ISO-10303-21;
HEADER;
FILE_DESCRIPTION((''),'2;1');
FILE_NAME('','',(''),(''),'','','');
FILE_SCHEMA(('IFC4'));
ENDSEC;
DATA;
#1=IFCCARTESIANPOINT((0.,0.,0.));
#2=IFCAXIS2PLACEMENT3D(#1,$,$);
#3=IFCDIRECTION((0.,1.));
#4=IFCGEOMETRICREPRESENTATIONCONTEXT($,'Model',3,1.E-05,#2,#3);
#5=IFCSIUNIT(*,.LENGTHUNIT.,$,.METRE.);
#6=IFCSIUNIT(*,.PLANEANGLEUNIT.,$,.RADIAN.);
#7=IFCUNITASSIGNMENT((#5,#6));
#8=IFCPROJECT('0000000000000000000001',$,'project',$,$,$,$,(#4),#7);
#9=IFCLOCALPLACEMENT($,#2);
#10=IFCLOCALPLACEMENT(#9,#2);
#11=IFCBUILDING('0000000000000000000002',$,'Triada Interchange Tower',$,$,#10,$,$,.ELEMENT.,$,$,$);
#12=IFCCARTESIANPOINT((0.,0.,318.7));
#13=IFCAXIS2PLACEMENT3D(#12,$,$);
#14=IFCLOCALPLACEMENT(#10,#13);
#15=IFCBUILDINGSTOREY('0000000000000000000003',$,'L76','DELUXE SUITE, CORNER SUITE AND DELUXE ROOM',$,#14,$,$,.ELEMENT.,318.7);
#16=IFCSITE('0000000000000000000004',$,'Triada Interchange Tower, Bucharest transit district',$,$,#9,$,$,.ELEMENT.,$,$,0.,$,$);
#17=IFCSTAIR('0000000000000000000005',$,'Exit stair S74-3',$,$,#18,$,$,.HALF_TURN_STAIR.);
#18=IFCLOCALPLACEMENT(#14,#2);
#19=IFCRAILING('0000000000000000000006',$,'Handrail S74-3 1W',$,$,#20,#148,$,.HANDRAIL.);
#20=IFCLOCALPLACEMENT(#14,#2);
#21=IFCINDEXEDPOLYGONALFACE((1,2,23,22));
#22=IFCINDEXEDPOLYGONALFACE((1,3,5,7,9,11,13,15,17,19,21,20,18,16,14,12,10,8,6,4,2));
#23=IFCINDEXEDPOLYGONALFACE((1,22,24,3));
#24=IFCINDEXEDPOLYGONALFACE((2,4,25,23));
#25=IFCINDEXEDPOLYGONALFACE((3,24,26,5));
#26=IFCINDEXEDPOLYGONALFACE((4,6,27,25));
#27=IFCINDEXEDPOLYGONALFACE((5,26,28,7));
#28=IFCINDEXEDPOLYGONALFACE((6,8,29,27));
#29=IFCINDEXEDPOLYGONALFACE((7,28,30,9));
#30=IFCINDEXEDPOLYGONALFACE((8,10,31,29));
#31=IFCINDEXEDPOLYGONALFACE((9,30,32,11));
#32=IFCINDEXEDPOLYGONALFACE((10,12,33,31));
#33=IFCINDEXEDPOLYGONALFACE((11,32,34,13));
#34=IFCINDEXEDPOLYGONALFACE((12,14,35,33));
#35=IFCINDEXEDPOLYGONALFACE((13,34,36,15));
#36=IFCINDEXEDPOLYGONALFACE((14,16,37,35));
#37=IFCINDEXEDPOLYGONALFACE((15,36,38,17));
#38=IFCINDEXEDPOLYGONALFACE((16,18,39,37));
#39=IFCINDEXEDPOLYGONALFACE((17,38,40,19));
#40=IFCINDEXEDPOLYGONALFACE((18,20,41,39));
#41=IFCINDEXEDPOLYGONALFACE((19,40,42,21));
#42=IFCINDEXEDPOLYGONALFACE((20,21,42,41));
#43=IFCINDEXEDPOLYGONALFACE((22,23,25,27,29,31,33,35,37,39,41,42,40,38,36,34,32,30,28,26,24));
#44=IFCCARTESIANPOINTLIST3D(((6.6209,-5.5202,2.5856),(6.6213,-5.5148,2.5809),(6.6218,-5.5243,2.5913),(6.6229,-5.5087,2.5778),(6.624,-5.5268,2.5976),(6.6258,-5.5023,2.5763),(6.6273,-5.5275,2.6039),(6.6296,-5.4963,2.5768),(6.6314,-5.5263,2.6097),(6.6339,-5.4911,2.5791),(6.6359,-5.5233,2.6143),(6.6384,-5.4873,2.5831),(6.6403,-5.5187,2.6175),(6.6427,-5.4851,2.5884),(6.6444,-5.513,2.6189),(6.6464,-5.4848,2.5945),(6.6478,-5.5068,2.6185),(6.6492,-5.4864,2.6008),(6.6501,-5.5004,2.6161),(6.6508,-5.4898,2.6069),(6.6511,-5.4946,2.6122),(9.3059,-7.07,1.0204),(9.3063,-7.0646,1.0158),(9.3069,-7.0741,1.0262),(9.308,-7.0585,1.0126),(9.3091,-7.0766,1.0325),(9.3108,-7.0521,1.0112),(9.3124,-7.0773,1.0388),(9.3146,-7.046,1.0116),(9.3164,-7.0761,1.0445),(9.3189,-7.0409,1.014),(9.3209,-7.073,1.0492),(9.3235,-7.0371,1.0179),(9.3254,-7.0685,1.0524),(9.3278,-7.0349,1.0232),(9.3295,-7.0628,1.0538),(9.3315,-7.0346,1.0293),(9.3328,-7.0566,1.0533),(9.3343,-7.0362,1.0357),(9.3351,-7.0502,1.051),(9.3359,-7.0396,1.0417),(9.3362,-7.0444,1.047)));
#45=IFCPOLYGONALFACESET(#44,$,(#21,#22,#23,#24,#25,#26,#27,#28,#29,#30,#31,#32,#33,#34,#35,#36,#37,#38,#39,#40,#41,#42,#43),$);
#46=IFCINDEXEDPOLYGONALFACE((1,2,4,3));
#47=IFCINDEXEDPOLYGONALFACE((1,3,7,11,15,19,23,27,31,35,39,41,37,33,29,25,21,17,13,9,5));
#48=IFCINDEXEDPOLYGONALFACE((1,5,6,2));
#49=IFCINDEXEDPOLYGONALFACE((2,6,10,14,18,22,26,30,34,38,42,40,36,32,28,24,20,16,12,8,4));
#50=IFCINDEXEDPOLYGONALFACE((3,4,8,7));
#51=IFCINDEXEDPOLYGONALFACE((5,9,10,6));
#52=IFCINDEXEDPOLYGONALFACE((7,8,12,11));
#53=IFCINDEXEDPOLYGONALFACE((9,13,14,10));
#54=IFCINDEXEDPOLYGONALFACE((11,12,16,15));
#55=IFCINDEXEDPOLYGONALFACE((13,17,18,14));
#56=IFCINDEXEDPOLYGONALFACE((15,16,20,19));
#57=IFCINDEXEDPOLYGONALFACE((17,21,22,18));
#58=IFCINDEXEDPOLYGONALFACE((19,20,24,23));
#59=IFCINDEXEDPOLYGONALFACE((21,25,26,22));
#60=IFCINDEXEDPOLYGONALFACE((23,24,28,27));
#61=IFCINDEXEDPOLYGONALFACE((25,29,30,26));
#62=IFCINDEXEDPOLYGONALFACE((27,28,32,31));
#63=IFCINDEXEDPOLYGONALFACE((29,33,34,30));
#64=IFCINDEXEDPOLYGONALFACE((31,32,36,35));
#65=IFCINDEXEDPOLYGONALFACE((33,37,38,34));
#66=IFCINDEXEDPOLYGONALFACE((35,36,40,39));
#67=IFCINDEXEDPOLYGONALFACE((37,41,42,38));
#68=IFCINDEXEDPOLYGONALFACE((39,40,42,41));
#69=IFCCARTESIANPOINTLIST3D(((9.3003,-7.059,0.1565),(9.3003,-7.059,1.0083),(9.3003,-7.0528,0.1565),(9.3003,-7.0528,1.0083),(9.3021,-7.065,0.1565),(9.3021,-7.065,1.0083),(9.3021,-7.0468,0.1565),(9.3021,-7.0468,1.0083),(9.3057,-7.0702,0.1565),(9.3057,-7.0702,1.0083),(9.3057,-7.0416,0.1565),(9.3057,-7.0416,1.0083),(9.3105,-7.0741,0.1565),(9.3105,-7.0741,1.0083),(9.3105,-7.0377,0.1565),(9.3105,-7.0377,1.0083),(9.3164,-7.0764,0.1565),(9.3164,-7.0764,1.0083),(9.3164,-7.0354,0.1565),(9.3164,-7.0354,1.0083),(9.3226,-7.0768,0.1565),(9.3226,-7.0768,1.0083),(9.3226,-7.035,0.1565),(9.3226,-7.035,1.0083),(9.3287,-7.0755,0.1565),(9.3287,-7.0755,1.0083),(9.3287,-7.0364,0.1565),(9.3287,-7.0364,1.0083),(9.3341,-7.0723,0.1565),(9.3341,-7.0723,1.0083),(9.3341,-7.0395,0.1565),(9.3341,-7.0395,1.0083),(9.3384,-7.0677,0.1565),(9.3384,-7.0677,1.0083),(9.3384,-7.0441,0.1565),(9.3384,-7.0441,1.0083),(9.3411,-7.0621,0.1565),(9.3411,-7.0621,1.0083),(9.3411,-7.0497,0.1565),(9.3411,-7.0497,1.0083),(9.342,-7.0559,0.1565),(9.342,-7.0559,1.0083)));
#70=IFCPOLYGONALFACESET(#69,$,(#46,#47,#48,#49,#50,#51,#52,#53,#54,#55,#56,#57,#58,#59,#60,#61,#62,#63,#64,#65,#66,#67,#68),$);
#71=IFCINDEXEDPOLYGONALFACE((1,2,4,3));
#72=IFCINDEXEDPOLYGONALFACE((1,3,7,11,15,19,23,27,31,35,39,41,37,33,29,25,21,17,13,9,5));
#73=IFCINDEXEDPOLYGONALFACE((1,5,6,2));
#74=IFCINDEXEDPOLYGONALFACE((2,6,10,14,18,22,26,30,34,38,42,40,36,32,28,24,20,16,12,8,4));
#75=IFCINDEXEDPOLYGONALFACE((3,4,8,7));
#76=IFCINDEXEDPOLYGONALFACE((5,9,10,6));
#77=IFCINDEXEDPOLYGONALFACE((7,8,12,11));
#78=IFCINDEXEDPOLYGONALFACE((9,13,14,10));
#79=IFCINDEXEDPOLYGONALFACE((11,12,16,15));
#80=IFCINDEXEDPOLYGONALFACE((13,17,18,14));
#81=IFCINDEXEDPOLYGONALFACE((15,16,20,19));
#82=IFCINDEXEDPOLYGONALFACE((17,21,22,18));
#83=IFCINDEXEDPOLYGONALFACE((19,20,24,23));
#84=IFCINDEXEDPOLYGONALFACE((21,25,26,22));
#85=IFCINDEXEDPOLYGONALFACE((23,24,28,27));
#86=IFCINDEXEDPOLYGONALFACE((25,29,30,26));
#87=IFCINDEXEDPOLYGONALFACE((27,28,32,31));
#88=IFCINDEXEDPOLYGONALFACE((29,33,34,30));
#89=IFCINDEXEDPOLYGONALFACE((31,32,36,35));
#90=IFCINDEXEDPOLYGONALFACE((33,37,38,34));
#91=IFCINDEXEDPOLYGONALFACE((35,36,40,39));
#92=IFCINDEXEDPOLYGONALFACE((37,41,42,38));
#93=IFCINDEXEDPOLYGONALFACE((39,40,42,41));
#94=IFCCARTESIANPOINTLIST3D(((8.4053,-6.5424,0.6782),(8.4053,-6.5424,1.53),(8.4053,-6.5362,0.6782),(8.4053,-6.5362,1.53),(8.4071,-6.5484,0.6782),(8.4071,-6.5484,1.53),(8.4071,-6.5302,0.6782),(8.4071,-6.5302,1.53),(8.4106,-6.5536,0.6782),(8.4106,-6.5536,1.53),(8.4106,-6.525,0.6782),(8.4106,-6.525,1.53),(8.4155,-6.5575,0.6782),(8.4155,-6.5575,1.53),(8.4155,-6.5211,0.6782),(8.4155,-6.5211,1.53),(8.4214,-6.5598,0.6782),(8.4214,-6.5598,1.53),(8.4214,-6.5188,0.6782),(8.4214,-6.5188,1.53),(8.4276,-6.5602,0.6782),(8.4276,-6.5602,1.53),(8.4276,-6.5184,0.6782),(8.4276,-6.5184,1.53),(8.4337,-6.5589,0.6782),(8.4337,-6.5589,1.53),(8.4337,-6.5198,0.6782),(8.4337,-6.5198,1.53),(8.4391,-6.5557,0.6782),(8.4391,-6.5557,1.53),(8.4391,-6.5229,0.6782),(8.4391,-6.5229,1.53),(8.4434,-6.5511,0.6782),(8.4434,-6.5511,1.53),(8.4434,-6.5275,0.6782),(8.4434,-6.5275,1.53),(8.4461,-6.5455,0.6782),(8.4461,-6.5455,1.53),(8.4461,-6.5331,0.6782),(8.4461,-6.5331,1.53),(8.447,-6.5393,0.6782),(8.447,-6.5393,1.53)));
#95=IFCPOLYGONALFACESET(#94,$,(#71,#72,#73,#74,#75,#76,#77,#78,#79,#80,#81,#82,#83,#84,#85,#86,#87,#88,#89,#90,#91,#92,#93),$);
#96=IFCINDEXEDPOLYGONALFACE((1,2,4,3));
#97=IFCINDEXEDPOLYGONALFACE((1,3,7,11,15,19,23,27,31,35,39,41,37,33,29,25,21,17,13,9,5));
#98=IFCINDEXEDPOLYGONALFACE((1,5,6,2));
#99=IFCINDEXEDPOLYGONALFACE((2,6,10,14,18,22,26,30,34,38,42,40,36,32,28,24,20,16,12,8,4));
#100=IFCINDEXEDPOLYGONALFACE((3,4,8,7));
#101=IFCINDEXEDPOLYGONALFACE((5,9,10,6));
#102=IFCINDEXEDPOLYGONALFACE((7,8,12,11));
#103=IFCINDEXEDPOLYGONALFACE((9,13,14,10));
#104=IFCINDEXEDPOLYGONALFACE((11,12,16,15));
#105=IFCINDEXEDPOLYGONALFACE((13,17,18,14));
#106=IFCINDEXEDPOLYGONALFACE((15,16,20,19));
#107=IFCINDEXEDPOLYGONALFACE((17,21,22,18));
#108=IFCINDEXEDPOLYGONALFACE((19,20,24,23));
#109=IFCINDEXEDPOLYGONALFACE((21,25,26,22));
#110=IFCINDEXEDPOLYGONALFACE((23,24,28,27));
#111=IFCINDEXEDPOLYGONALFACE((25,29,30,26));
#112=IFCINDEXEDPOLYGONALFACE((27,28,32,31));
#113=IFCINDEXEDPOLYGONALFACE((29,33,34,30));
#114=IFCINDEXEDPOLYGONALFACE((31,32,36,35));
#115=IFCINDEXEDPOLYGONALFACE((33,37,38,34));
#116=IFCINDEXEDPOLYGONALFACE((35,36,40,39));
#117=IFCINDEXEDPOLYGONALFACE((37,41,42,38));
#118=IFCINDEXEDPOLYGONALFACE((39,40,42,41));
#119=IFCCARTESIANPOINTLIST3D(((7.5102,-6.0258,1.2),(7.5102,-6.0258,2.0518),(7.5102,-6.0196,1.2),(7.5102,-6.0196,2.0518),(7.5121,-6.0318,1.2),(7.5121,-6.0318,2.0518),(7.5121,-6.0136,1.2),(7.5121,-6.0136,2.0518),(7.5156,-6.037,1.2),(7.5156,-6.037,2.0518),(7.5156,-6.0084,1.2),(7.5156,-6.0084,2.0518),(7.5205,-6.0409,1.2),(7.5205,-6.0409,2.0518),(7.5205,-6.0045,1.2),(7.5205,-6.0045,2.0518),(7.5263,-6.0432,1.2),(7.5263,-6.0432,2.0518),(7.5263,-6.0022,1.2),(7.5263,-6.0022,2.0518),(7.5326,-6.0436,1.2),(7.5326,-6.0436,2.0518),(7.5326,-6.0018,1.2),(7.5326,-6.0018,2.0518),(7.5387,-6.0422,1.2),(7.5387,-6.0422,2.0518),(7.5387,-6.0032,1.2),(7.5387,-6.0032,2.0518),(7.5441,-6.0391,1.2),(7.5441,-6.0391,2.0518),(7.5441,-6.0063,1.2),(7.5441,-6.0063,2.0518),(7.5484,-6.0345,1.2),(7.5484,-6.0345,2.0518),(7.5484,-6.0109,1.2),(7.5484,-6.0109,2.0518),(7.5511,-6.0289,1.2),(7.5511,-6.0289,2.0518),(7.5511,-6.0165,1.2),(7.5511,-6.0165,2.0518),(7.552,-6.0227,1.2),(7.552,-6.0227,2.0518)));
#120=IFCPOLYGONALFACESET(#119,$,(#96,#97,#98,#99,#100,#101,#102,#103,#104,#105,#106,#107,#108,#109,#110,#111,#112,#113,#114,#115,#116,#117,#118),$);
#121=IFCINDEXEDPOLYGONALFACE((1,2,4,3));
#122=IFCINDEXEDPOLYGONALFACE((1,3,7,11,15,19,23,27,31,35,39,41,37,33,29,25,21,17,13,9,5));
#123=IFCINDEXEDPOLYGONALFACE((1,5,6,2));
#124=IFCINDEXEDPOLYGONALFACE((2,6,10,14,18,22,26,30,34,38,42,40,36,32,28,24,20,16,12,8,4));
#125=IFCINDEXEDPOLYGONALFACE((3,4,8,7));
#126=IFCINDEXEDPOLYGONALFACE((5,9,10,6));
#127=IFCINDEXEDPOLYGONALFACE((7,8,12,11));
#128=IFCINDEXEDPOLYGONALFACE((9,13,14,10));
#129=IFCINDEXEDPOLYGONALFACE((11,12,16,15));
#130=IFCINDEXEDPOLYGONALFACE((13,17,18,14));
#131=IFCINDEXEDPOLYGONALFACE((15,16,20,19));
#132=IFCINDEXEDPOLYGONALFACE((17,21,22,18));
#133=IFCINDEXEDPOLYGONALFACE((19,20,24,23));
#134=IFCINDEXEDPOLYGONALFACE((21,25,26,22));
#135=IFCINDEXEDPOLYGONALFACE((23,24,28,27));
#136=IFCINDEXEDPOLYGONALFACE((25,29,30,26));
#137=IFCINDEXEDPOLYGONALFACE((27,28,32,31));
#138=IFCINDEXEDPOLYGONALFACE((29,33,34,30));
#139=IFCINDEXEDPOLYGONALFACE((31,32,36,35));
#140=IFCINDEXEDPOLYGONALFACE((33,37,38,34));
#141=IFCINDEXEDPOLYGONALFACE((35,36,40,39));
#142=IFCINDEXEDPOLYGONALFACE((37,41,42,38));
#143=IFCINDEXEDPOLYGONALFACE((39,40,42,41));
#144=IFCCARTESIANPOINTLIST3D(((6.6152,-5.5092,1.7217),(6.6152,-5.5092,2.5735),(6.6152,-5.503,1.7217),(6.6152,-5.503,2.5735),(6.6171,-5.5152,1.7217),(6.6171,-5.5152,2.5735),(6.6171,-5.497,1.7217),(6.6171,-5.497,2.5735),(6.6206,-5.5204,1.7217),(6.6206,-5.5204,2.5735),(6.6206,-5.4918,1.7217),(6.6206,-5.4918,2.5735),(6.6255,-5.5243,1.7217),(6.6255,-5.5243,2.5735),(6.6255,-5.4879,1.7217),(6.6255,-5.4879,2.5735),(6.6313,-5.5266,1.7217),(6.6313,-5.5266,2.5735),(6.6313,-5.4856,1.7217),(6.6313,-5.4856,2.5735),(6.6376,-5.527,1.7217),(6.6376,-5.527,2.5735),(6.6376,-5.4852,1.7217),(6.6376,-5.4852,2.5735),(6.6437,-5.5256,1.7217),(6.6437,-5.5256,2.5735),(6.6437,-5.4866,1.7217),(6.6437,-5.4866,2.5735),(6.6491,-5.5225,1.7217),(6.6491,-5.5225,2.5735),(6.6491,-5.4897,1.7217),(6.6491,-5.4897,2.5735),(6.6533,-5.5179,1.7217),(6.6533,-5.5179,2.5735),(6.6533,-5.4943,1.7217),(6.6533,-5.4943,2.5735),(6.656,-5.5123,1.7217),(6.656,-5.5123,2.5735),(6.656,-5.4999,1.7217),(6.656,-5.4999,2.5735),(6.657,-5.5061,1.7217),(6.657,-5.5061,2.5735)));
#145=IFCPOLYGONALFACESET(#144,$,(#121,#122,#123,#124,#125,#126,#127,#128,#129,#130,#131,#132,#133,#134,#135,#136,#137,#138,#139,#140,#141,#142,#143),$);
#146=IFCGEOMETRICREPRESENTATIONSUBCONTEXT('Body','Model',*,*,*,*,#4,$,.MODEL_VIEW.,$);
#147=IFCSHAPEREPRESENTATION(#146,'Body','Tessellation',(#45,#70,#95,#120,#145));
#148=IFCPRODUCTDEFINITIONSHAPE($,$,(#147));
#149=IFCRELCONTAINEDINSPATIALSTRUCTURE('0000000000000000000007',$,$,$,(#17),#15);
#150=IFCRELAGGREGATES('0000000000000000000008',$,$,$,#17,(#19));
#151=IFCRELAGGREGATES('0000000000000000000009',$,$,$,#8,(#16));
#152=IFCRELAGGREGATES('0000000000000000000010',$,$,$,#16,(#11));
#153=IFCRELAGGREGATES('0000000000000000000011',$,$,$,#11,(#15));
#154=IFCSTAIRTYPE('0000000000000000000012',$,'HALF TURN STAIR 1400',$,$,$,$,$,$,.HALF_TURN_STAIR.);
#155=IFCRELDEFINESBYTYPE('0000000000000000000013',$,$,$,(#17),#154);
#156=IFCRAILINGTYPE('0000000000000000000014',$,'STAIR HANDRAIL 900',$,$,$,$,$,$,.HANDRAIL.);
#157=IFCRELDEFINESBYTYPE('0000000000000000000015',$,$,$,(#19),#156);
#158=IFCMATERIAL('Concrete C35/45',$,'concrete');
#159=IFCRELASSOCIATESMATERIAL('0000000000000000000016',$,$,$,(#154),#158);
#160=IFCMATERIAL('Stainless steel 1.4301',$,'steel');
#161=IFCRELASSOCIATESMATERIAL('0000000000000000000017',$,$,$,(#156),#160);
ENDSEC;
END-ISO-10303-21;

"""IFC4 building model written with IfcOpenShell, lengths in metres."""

from ifc_helpers import new_model, si_unit, direction, frame, origin, origin_2d, place, context, subcontext, project, spatial, circle, extrude, material, type_object, element, aggregate, save


model = new_model("IFC4")

# Units and contexts
model_context = context("Model", 3, precision=1e-05, world=origin(), true_north=direction((0.0, 1.0)))
body_context = subcontext(model_context, "Body", "Model", "MODEL_VIEW")
ifc_project = project(units=[si_unit("LENGTHUNIT", "METRE"), si_unit("PLANEANGLEUNIT", "RADIAN")], contexts=[model_context])

# Site, building, storey
site_placement = place(None, origin())
site = spatial("IfcSite", under=ifc_project, at=site_placement, Name="Triada Interchange Tower, Bucharest transit district", CompositionType="ELEMENT", RefElevation=0.0)
building_placement = place(site_placement, origin())
building = spatial("IfcBuilding", under=site, at=building_placement, Name="Triada Interchange Tower", CompositionType="ELEMENT")
storey_placement = place(building_placement, frame((0.0, 0.0, 318.7)))
storey = spatial("IfcBuildingStorey", under=building, at=storey_placement, Name="L76", Description="DELUXE SUITE, CORNER SUITE AND DELUXE ROOM", CompositionType="ELEMENT", Elevation=318.7)

# Stair, railing
ifc_material_1 = material(Name="Concrete C35/45", Category="concrete")
stair_type = type_object("IfcStairType", Name="HALF TURN STAIR 1400", PredefinedType="HALF_TURN_STAIR", material=ifc_material_1)
stair_placement = place(storey_placement, origin())
stair = element("IfcStair", 1, at=stair_placement, inside=storey, type_object=stair_type, Name="Exit stair S74-3", PredefinedType="HALF_TURN_STAIR")
ifc_material_2 = material(Name="Stainless steel 1.4301", Category="steel")
railing_type = type_object("IfcRailingType", Name="STAIR HANDRAIL 900", PredefinedType="HANDRAIL", material=ifc_material_2)
railing_1_placement = place(storey_placement, frame((9.321, -7.0559, 0.1565)))
railing_1 = element("IfcRailing", 2, at=railing_1_placement, type_object=railing_type, Name="Handrail S74-3 1W", PredefinedType="HANDRAIL", context=body_context, shape_type="SweptSolid", body=[
    extrude(circle(Radius=0.0239, at=origin_2d()), frame((0.0, 0.0, 0.876), z_axis=(-0.773139, 0.446253, 0.450682), x_axis=(-0.4999, -0.866083, 0.0)), (0.0, 0.0, 1.0), 3.4729),
    extrude(circle(Radius=0.021, at=origin_2d()), origin(), (0.0, 0.0, 1.0), 0.8518),
    extrude(circle(Radius=0.021, at=origin_2d()), frame((-0.895, 0.5166, 0.5217)), (0.0, 0.0, 1.0), 0.8518),
    extrude(circle(Radius=0.021, at=origin_2d()), frame((-1.79, 1.0332, 1.0435)), (0.0, 0.0, 1.0), 0.8518),
    extrude(circle(Radius=0.021, at=origin_2d()), frame((-2.6851, 1.5498, 1.5652)), (0.0, 0.0, 1.0), 0.8518),
])
aggregate(stair, [railing_1])

save(model, "model.ifc")
